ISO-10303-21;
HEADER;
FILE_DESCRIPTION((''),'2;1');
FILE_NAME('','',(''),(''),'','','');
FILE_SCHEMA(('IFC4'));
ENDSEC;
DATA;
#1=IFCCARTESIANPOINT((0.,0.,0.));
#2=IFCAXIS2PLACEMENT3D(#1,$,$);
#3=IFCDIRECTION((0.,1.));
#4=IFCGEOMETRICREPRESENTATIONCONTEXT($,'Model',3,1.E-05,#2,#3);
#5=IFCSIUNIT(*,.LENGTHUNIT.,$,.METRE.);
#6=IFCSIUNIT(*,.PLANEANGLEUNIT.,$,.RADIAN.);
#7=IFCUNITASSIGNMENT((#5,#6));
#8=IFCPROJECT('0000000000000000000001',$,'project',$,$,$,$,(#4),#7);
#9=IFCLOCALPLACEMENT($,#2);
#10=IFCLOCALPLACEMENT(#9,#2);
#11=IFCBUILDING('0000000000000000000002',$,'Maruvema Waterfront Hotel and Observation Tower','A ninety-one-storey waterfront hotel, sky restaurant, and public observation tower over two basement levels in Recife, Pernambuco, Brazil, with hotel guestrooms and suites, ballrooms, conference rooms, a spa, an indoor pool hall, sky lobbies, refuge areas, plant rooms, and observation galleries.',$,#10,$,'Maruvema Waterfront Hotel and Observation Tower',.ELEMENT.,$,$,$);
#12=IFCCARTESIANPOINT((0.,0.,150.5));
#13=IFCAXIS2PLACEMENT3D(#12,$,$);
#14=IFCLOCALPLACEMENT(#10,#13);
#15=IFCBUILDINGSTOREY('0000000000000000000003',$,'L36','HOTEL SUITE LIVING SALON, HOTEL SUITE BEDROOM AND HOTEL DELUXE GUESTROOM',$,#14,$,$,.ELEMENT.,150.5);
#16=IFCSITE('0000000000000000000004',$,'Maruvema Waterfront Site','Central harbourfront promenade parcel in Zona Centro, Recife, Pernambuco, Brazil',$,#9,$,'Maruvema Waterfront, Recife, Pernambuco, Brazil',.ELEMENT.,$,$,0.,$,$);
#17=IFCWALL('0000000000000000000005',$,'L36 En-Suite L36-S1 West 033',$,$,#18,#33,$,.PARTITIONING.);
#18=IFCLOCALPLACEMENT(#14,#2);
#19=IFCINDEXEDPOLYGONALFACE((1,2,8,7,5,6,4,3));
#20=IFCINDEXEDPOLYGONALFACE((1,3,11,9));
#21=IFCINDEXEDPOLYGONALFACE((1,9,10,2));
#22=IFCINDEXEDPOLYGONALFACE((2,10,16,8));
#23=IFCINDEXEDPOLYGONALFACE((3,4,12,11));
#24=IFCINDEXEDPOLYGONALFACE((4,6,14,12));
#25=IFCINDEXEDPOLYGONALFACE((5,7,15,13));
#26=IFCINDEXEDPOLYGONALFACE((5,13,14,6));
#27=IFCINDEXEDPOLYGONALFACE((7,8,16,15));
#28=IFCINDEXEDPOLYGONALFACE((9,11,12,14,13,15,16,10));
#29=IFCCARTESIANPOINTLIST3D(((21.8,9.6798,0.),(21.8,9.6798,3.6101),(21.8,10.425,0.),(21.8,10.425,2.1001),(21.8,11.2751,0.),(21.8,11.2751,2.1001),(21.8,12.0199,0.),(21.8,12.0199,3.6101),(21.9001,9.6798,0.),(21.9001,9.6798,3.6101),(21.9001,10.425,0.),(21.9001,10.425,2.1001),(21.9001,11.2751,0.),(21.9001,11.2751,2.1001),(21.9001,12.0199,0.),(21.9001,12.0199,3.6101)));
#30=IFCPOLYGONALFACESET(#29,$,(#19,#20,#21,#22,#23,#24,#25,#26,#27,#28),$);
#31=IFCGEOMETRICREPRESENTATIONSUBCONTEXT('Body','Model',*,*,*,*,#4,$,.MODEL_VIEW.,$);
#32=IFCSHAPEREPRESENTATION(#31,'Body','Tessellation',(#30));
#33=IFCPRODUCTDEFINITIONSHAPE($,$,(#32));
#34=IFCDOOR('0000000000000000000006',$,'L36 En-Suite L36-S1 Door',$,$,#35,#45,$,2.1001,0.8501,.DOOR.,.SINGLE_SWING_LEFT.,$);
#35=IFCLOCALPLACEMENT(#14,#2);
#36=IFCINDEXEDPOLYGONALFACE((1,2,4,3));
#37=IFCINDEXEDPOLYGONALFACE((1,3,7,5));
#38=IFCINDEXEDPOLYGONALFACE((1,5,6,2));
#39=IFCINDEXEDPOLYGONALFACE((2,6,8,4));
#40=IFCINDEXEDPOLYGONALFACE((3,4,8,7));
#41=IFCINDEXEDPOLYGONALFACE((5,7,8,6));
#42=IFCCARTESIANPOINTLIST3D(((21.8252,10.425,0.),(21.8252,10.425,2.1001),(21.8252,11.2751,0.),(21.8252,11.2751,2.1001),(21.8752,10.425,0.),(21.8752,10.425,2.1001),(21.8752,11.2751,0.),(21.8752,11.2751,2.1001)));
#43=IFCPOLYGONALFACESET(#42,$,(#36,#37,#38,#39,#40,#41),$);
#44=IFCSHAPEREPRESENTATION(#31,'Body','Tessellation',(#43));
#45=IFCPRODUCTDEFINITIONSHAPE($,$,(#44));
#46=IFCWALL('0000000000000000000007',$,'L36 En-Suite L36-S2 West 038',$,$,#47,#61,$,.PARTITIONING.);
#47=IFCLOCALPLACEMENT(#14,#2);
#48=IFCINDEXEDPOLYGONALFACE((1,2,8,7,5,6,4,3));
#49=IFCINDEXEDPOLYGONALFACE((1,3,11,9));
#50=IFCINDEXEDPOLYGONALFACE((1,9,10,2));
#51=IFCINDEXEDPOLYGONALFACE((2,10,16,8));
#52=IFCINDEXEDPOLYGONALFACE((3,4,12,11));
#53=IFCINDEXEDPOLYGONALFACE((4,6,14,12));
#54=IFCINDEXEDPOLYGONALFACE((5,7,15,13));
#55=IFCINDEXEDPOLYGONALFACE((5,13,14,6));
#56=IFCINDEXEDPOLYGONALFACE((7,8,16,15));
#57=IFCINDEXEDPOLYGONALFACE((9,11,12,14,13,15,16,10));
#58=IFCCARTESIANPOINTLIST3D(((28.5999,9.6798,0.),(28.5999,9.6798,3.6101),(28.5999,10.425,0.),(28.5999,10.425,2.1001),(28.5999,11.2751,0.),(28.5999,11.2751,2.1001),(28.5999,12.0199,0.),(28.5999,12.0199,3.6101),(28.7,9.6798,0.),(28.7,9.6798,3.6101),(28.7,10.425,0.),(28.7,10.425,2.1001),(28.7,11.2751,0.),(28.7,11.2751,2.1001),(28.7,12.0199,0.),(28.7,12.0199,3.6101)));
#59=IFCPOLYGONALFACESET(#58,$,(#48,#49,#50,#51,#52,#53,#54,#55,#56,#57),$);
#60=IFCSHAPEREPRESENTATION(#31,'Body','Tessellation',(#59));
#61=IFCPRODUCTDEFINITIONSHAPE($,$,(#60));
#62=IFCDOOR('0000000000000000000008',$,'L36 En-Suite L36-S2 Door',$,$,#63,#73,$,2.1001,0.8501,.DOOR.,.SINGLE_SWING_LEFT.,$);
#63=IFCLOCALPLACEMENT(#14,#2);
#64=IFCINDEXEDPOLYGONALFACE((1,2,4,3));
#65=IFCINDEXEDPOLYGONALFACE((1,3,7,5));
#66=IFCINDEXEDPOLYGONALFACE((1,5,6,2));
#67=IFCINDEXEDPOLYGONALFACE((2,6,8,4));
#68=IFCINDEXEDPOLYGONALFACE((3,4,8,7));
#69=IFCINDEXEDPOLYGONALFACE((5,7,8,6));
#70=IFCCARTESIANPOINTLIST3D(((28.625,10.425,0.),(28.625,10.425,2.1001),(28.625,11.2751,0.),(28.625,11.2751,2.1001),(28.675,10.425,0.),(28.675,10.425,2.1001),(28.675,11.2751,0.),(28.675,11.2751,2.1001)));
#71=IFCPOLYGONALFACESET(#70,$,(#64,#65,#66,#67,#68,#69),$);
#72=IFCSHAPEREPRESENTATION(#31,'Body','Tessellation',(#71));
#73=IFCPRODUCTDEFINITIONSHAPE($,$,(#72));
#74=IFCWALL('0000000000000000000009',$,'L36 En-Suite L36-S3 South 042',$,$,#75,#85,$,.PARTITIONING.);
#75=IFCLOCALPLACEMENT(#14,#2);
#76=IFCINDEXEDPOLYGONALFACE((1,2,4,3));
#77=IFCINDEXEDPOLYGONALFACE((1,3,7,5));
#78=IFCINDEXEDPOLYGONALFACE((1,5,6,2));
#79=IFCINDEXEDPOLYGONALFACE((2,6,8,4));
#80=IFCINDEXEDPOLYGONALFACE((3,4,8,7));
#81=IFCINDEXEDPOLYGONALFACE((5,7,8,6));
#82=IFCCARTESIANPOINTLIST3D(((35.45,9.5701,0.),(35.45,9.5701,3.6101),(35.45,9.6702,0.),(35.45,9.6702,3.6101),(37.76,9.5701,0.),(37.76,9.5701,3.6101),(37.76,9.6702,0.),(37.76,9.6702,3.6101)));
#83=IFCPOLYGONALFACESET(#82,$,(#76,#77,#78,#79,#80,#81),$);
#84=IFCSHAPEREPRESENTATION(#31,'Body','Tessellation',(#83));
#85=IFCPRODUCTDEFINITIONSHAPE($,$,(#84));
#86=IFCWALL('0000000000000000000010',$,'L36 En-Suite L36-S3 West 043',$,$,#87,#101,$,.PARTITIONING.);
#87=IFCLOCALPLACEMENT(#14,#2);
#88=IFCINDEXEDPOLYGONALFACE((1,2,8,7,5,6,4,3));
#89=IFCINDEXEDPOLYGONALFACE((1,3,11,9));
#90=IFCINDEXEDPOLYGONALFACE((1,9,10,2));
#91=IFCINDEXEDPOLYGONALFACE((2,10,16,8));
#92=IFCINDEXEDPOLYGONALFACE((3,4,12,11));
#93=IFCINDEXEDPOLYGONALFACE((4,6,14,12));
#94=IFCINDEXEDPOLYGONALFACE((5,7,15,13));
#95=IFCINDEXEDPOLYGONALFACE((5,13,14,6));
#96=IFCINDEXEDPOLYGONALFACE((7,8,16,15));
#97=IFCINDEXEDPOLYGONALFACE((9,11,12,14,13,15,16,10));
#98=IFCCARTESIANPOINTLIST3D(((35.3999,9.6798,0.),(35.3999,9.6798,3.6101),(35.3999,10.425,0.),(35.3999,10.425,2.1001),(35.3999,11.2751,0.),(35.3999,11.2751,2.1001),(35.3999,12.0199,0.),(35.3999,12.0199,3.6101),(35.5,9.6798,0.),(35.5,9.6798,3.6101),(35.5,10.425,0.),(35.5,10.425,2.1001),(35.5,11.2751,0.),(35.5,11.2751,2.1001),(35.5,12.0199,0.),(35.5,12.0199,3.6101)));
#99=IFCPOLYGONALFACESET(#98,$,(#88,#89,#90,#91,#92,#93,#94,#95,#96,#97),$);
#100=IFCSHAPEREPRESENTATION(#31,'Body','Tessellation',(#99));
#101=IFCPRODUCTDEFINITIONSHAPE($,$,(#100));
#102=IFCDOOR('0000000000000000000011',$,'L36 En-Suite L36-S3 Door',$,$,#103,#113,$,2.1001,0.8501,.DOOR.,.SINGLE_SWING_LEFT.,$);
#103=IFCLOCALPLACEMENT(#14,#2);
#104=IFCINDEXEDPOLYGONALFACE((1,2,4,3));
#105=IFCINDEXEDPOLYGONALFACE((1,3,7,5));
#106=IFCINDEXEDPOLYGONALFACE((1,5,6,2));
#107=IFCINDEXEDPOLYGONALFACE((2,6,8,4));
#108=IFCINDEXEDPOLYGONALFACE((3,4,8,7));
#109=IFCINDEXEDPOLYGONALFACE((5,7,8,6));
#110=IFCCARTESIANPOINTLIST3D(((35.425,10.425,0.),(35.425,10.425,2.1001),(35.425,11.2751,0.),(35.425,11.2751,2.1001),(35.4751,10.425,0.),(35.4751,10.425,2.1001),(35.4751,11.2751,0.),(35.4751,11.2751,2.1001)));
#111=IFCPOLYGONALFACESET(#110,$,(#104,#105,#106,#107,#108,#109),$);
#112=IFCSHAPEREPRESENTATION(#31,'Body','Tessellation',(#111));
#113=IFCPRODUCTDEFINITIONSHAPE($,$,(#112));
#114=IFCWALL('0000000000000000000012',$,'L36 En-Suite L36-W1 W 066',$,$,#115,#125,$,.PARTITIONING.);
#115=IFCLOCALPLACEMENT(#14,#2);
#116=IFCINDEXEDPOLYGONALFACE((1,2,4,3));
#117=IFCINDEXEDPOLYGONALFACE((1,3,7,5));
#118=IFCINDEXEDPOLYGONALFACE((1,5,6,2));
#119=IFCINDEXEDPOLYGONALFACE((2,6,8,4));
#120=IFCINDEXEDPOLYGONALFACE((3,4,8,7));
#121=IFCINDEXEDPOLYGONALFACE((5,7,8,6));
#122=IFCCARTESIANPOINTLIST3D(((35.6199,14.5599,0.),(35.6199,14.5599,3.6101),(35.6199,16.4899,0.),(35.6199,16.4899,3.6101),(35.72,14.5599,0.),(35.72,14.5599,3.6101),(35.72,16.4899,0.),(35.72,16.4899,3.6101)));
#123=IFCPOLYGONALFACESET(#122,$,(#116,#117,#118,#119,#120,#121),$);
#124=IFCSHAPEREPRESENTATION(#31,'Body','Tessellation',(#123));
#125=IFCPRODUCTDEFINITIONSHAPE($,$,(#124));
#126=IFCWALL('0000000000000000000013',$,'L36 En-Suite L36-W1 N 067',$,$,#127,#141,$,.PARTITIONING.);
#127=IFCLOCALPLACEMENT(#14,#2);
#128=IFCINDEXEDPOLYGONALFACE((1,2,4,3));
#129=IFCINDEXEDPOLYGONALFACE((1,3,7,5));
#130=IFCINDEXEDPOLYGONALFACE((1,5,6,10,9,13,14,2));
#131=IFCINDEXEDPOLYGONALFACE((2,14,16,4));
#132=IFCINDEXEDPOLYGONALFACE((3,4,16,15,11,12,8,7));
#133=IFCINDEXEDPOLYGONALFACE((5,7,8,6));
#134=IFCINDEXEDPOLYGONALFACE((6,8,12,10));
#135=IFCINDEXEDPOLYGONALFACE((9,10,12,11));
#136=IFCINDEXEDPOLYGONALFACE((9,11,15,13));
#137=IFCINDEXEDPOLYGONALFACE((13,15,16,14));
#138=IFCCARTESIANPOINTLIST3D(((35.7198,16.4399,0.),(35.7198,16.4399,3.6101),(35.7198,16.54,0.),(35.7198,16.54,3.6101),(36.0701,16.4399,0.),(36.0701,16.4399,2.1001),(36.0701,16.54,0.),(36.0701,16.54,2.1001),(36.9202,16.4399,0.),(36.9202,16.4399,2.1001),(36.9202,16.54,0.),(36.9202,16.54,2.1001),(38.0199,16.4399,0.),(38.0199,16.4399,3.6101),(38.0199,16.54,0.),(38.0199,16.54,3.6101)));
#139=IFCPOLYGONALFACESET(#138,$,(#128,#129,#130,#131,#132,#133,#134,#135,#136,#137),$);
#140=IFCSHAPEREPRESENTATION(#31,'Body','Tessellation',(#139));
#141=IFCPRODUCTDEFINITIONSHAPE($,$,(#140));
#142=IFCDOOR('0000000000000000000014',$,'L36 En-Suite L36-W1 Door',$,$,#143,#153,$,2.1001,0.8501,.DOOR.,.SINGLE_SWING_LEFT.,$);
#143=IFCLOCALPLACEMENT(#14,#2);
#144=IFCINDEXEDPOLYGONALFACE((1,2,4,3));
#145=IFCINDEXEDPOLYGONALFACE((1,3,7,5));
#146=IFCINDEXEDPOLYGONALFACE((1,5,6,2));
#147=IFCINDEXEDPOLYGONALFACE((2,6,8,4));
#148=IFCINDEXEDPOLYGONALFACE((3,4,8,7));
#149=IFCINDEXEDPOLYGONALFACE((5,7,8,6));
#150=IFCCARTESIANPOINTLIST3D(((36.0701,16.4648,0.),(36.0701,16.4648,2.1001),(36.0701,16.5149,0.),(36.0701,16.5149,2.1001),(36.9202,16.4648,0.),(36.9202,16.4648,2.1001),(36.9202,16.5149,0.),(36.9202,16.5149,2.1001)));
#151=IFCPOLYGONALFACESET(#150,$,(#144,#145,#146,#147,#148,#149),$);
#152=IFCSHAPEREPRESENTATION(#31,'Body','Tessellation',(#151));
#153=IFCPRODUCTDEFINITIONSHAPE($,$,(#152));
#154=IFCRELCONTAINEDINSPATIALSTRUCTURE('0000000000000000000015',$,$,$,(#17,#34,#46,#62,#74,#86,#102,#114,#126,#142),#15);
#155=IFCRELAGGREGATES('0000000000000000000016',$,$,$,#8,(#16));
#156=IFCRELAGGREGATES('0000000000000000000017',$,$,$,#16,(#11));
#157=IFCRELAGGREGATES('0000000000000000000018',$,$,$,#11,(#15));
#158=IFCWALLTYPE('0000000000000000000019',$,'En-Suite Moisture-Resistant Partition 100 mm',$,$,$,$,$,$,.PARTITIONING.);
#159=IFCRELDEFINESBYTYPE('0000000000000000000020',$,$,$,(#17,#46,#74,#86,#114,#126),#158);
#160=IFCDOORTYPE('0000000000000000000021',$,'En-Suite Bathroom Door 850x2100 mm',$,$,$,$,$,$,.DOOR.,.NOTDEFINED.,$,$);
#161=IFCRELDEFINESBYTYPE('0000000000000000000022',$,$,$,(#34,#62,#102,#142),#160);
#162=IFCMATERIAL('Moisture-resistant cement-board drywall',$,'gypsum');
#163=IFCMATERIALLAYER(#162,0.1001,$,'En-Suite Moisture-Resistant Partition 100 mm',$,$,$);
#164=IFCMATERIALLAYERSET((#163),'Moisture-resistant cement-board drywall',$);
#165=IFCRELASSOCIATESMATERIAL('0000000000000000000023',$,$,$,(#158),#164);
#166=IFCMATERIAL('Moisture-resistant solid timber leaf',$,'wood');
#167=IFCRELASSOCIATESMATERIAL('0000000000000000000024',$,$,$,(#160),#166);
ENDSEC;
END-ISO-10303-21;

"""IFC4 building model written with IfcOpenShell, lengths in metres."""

from ifc_helpers import new_model, si_unit, direction, frame, frame_2d, origin, place, context, subcontext, project, spatial, rectangle, extrude, material, layer, layer_set, type_object, element, fill, save


model = new_model("IFC4")

# Units and contexts
model_context = context("Model", 3, precision=1e-05, world=origin(), true_north=direction((0.0, 1.0)))
body_context = subcontext(model_context, "Body", "Model", "MODEL_VIEW")
ifc_project = project(units=[si_unit("LENGTHUNIT", "METRE"), si_unit("PLANEANGLEUNIT", "RADIAN")], contexts=[model_context])

# Site, building, storey
site_placement = place(None, origin())
site = spatial("IfcSite", under=ifc_project, at=site_placement, Name="Maruvema Waterfront Site", Description="Central harbourfront promenade parcel in Zona Centro, Recife, Pernambuco, Brazil", LongName="Maruvema Waterfront, Recife, Pernambuco, Brazil", CompositionType="ELEMENT", RefElevation=0.0)
building_placement = place(site_placement, origin())
building = spatial("IfcBuilding", under=site, at=building_placement, Name="Maruvema Waterfront Hotel and Observation Tower", Description="A ninety-one-storey waterfront hotel, sky restaurant, and public observation tower over two basement levels in Recife, Pernambuco, Brazil, with hotel guestrooms and suites, ballrooms, conference rooms, a spa, an indoor pool hall, sky lobbies, refuge areas, plant rooms, and observation galleries.", LongName="Maruvema Waterfront Hotel and Observation Tower", CompositionType="ELEMENT")
storey_placement = place(building_placement, frame((0.0, 0.0, 150.5)))
storey = spatial("IfcBuildingStorey", under=building, at=storey_placement, Name="L36", Description="HOTEL SUITE LIVING SALON, HOTEL SUITE BEDROOM AND HOTEL DELUXE GUESTROOM", CompositionType="ELEMENT", Elevation=150.5)

# Walls, openings, doors
ifc_material_1 = material(Name="Moisture-resistant cement-board drywall", Category="gypsum")
ifc_layer_1 = layer(ifc_material_1, 0.1001, Name="En-Suite Moisture-Resistant Partition 100 mm")
ifc_layer_set_1 = layer_set([ifc_layer_1], Name="Moisture-resistant cement-board drywall")
wall_type_1 = type_object("IfcWallType", Name="En-Suite Moisture-Resistant Partition 100 mm", PredefinedType="PARTITIONING", material=ifc_layer_set_1)
wall_1_placement = place(storey_placement, frame((21.8501, 9.6799, 0.0), z_axis=(0.0, 0.0, 1.0), x_axis=(0.0, 1.0, 0.0)))
wall_1 = element("IfcWall", 1, at=wall_1_placement, inside=storey, type_object=wall_type_1, Name="L36 En-Suite L36-S1 West 033", PredefinedType="PARTITIONING", context=body_context, shape_type="SweptSolid", body=[
    extrude(rectangle(XDim=2.3401, YDim=0.1001, at=frame_2d((1.1699, 0.0))), origin(), (0.0, 0.0, 1.0), 3.6101),
])
opening_1_placement = place(wall_1_placement, frame((0.7451, 0.0, 0.0)))
opening_1 = element("IfcOpeningElement", 2, at=opening_1_placement, cuts=wall_1, PredefinedType="OPENING", context=body_context, shape_type="SweptSolid", body=[
    extrude(rectangle(XDim=0.8501, YDim=2.1001, at=frame_2d((0.425, 1.05))), frame((0.0, 0.0601, 0.0), z_axis=(0.0, -1.0, 0.0), x_axis=(1.0, 0.0, 0.0)), (0.0, 0.0, 1.0), 0.1201),
])
ifc_material_2 = material(Name="Moisture-resistant solid timber leaf", Category="wood")
door_type_1 = type_object("IfcDoorType", Name="En-Suite Bathroom Door 850x2100 mm", OperationType="NOTDEFINED", PredefinedType="DOOR", material=ifc_material_2)
door_1_placement = place(opening_1_placement, origin())
door_1 = element("IfcDoor", 3, at=door_1_placement, inside=storey, type_object=door_type_1, Name="L36 En-Suite L36-S1 Door", OperationType="SINGLE_SWING_LEFT", OverallHeight=2.1001, OverallWidth=0.8501, PredefinedType="DOOR", context=body_context, shape_type="SweptSolid", body=[
    extrude(rectangle(XDim=0.8501, YDim=2.1001, at=frame_2d((0.425, 1.05))), frame((0.0, 0.0249, 0.0), z_axis=(0.0, -1.0, 0.0), x_axis=(1.0, 0.0, 0.0)), (0.0, 0.0, 1.0), 0.05),
])
fill(opening_1, door_1)
wall_2_placement = place(storey_placement, frame((28.6499, 9.6799, 0.0), z_axis=(0.0, 0.0, 1.0), x_axis=(0.0, 1.0, 0.0)))
wall_2 = element("IfcWall", 4, at=wall_2_placement, inside=storey, type_object=wall_type_1, Name="L36 En-Suite L36-S2 West 038", PredefinedType="PARTITIONING", context=body_context, shape_type="SweptSolid", body=[
    extrude(rectangle(XDim=2.3401, YDim=0.1001, at=frame_2d((1.1699, 0.0))), origin(), (0.0, 0.0, 1.0), 3.6101),
])
opening_2_placement = place(wall_2_placement, frame((0.7451, 0.0, 0.0)))
opening_2 = element("IfcOpeningElement", 5, at=opening_2_placement, cuts=wall_2, PredefinedType="OPENING", context=body_context, shape_type="SweptSolid", body=[
    extrude(rectangle(XDim=0.8501, YDim=2.1001, at=frame_2d((0.425, 1.05))), frame((0.0, 0.0601, 0.0), z_axis=(0.0, -1.0, 0.0), x_axis=(1.0, 0.0, 0.0)), (0.0, 0.0, 1.0), 0.1201),
])
door_2_placement = place(opening_2_placement, origin())
door_2 = element("IfcDoor", 6, at=door_2_placement, inside=storey, type_object=door_type_1, Name="L36 En-Suite L36-S2 Door", OperationType="SINGLE_SWING_LEFT", OverallHeight=2.1001, OverallWidth=0.8501, PredefinedType="DOOR", context=body_context, shape_type="SweptSolid", body=[
    extrude(rectangle(XDim=0.8501, YDim=2.1001, at=frame_2d((0.425, 1.05))), frame((0.0, 0.0249, 0.0), z_axis=(0.0, -1.0, 0.0), x_axis=(1.0, 0.0, 0.0)), (0.0, 0.0, 1.0), 0.05),
])
fill(opening_2, door_2)

# Wall
wall_3_placement = place(storey_placement, frame((35.45, 9.6201, 0.0), z_axis=(0.0, 0.0, 1.0), x_axis=(1.0, 0.0, 0.0)))
element("IfcWall", 7, at=wall_3_placement, inside=storey, type_object=wall_type_1, Name="L36 En-Suite L36-S3 South 042", PredefinedType="PARTITIONING", context=body_context, shape_type="SweptSolid", body=[
    extrude(rectangle(XDim=2.3101, YDim=0.1001, at=frame_2d((1.155, 0.0))), origin(), (0.0, 0.0, 1.0), 3.6101),
])

# Wall, opening, door
wall_4_placement = place(storey_placement, frame((35.45, 9.6799, 0.0), z_axis=(0.0, 0.0, 1.0), x_axis=(0.0, 1.0, 0.0)))
wall_4 = element("IfcWall", 8, at=wall_4_placement, inside=storey, type_object=wall_type_1, Name="L36 En-Suite L36-S3 West 043", PredefinedType="PARTITIONING", context=body_context, shape_type="SweptSolid", body=[
    extrude(rectangle(XDim=2.3401, YDim=0.1001, at=frame_2d((1.1699, 0.0))), origin(), (0.0, 0.0, 1.0), 3.6101),
])
opening_3_placement = place(wall_4_placement, frame((0.7451, 0.0, 0.0)))
opening_3 = element("IfcOpeningElement", 9, at=opening_3_placement, cuts=wall_4, PredefinedType="OPENING", context=body_context, shape_type="SweptSolid", body=[
    extrude(rectangle(XDim=0.8501, YDim=2.1001, at=frame_2d((0.425, 1.05))), frame((0.0, 0.0601, 0.0), z_axis=(0.0, -1.0, 0.0), x_axis=(1.0, 0.0, 0.0)), (0.0, 0.0, 1.0), 0.1201),
])
door_3_placement = place(opening_3_placement, origin())
door_3 = element("IfcDoor", 10, at=door_3_placement, inside=storey, type_object=door_type_1, Name="L36 En-Suite L36-S3 Door", OperationType="SINGLE_SWING_LEFT", OverallHeight=2.1001, OverallWidth=0.8501, PredefinedType="DOOR", context=body_context, shape_type="SweptSolid", body=[
    extrude(rectangle(XDim=0.8501, YDim=2.1001, at=frame_2d((0.425, 1.05))), frame((0.0, 0.0249, 0.0), z_axis=(0.0, -1.0, 0.0), x_axis=(1.0, 0.0, 0.0)), (0.0, 0.0, 1.0), 0.05),
])
fill(opening_3, door_3)

# Wall
wall_5_placement = place(storey_placement, frame((35.6699, 14.5601, 0.0), z_axis=(0.0, 0.0, 1.0), x_axis=(0.0, 1.0, 0.0)))
element("IfcWall", 11, at=wall_5_placement, inside=storey, type_object=wall_type_1, Name="L36 En-Suite L36-W1 W 066", PredefinedType="PARTITIONING", context=body_context, shape_type="SweptSolid", body=[
    extrude(rectangle(XDim=1.9299, YDim=0.1001, at=frame_2d((0.9648, 0.0))), origin(), (0.0, 0.0, 1.0), 3.6101),
])

# Wall, opening, door
wall_6_placement = place(storey_placement, frame((35.72, 16.49, 0.0), z_axis=(0.0, 0.0, 1.0), x_axis=(1.0, 0.0, 0.0)))
wall_6 = element("IfcWall", 12, at=wall_6_placement, inside=storey, type_object=wall_type_1, Name="L36 En-Suite L36-W1 N 067", PredefinedType="PARTITIONING", context=body_context, shape_type="SweptSolid", body=[
    extrude(rectangle(XDim=2.3, YDim=0.1001, at=frame_2d((1.1499, 0.0))), origin(), (0.0, 0.0, 1.0), 3.6101),
])
opening_4_placement = place(wall_6_placement, frame((0.3501, 0.0, 0.0)))
opening_4 = element("IfcOpeningElement", 13, at=opening_4_placement, cuts=wall_6, PredefinedType="OPENING", context=body_context, shape_type="SweptSolid", body=[
    extrude(rectangle(XDim=0.8501, YDim=2.1001, at=frame_2d((0.425, 1.05))), frame((0.0, 0.0601, 0.0), z_axis=(0.0, -1.0, 0.0), x_axis=(1.0, 0.0, 0.0)), (0.0, 0.0, 1.0), 0.1201),
])
door_4_placement = place(opening_4_placement, origin())
door_4 = element("IfcDoor", 14, at=door_4_placement, inside=storey, type_object=door_type_1, Name="L36 En-Suite L36-W1 Door", OperationType="SINGLE_SWING_LEFT", OverallHeight=2.1001, OverallWidth=0.8501, PredefinedType="DOOR", context=body_context, shape_type="SweptSolid", body=[
    extrude(rectangle(XDim=0.8501, YDim=2.1001, at=frame_2d((0.425, 1.05))), frame((0.0, 0.0249, 0.0), z_axis=(0.0, -1.0, 0.0), x_axis=(1.0, 0.0, 0.0)), (0.0, 0.0, 1.0), 0.05),
])
fill(opening_4, door_4)

save(model, "model.ifc")
